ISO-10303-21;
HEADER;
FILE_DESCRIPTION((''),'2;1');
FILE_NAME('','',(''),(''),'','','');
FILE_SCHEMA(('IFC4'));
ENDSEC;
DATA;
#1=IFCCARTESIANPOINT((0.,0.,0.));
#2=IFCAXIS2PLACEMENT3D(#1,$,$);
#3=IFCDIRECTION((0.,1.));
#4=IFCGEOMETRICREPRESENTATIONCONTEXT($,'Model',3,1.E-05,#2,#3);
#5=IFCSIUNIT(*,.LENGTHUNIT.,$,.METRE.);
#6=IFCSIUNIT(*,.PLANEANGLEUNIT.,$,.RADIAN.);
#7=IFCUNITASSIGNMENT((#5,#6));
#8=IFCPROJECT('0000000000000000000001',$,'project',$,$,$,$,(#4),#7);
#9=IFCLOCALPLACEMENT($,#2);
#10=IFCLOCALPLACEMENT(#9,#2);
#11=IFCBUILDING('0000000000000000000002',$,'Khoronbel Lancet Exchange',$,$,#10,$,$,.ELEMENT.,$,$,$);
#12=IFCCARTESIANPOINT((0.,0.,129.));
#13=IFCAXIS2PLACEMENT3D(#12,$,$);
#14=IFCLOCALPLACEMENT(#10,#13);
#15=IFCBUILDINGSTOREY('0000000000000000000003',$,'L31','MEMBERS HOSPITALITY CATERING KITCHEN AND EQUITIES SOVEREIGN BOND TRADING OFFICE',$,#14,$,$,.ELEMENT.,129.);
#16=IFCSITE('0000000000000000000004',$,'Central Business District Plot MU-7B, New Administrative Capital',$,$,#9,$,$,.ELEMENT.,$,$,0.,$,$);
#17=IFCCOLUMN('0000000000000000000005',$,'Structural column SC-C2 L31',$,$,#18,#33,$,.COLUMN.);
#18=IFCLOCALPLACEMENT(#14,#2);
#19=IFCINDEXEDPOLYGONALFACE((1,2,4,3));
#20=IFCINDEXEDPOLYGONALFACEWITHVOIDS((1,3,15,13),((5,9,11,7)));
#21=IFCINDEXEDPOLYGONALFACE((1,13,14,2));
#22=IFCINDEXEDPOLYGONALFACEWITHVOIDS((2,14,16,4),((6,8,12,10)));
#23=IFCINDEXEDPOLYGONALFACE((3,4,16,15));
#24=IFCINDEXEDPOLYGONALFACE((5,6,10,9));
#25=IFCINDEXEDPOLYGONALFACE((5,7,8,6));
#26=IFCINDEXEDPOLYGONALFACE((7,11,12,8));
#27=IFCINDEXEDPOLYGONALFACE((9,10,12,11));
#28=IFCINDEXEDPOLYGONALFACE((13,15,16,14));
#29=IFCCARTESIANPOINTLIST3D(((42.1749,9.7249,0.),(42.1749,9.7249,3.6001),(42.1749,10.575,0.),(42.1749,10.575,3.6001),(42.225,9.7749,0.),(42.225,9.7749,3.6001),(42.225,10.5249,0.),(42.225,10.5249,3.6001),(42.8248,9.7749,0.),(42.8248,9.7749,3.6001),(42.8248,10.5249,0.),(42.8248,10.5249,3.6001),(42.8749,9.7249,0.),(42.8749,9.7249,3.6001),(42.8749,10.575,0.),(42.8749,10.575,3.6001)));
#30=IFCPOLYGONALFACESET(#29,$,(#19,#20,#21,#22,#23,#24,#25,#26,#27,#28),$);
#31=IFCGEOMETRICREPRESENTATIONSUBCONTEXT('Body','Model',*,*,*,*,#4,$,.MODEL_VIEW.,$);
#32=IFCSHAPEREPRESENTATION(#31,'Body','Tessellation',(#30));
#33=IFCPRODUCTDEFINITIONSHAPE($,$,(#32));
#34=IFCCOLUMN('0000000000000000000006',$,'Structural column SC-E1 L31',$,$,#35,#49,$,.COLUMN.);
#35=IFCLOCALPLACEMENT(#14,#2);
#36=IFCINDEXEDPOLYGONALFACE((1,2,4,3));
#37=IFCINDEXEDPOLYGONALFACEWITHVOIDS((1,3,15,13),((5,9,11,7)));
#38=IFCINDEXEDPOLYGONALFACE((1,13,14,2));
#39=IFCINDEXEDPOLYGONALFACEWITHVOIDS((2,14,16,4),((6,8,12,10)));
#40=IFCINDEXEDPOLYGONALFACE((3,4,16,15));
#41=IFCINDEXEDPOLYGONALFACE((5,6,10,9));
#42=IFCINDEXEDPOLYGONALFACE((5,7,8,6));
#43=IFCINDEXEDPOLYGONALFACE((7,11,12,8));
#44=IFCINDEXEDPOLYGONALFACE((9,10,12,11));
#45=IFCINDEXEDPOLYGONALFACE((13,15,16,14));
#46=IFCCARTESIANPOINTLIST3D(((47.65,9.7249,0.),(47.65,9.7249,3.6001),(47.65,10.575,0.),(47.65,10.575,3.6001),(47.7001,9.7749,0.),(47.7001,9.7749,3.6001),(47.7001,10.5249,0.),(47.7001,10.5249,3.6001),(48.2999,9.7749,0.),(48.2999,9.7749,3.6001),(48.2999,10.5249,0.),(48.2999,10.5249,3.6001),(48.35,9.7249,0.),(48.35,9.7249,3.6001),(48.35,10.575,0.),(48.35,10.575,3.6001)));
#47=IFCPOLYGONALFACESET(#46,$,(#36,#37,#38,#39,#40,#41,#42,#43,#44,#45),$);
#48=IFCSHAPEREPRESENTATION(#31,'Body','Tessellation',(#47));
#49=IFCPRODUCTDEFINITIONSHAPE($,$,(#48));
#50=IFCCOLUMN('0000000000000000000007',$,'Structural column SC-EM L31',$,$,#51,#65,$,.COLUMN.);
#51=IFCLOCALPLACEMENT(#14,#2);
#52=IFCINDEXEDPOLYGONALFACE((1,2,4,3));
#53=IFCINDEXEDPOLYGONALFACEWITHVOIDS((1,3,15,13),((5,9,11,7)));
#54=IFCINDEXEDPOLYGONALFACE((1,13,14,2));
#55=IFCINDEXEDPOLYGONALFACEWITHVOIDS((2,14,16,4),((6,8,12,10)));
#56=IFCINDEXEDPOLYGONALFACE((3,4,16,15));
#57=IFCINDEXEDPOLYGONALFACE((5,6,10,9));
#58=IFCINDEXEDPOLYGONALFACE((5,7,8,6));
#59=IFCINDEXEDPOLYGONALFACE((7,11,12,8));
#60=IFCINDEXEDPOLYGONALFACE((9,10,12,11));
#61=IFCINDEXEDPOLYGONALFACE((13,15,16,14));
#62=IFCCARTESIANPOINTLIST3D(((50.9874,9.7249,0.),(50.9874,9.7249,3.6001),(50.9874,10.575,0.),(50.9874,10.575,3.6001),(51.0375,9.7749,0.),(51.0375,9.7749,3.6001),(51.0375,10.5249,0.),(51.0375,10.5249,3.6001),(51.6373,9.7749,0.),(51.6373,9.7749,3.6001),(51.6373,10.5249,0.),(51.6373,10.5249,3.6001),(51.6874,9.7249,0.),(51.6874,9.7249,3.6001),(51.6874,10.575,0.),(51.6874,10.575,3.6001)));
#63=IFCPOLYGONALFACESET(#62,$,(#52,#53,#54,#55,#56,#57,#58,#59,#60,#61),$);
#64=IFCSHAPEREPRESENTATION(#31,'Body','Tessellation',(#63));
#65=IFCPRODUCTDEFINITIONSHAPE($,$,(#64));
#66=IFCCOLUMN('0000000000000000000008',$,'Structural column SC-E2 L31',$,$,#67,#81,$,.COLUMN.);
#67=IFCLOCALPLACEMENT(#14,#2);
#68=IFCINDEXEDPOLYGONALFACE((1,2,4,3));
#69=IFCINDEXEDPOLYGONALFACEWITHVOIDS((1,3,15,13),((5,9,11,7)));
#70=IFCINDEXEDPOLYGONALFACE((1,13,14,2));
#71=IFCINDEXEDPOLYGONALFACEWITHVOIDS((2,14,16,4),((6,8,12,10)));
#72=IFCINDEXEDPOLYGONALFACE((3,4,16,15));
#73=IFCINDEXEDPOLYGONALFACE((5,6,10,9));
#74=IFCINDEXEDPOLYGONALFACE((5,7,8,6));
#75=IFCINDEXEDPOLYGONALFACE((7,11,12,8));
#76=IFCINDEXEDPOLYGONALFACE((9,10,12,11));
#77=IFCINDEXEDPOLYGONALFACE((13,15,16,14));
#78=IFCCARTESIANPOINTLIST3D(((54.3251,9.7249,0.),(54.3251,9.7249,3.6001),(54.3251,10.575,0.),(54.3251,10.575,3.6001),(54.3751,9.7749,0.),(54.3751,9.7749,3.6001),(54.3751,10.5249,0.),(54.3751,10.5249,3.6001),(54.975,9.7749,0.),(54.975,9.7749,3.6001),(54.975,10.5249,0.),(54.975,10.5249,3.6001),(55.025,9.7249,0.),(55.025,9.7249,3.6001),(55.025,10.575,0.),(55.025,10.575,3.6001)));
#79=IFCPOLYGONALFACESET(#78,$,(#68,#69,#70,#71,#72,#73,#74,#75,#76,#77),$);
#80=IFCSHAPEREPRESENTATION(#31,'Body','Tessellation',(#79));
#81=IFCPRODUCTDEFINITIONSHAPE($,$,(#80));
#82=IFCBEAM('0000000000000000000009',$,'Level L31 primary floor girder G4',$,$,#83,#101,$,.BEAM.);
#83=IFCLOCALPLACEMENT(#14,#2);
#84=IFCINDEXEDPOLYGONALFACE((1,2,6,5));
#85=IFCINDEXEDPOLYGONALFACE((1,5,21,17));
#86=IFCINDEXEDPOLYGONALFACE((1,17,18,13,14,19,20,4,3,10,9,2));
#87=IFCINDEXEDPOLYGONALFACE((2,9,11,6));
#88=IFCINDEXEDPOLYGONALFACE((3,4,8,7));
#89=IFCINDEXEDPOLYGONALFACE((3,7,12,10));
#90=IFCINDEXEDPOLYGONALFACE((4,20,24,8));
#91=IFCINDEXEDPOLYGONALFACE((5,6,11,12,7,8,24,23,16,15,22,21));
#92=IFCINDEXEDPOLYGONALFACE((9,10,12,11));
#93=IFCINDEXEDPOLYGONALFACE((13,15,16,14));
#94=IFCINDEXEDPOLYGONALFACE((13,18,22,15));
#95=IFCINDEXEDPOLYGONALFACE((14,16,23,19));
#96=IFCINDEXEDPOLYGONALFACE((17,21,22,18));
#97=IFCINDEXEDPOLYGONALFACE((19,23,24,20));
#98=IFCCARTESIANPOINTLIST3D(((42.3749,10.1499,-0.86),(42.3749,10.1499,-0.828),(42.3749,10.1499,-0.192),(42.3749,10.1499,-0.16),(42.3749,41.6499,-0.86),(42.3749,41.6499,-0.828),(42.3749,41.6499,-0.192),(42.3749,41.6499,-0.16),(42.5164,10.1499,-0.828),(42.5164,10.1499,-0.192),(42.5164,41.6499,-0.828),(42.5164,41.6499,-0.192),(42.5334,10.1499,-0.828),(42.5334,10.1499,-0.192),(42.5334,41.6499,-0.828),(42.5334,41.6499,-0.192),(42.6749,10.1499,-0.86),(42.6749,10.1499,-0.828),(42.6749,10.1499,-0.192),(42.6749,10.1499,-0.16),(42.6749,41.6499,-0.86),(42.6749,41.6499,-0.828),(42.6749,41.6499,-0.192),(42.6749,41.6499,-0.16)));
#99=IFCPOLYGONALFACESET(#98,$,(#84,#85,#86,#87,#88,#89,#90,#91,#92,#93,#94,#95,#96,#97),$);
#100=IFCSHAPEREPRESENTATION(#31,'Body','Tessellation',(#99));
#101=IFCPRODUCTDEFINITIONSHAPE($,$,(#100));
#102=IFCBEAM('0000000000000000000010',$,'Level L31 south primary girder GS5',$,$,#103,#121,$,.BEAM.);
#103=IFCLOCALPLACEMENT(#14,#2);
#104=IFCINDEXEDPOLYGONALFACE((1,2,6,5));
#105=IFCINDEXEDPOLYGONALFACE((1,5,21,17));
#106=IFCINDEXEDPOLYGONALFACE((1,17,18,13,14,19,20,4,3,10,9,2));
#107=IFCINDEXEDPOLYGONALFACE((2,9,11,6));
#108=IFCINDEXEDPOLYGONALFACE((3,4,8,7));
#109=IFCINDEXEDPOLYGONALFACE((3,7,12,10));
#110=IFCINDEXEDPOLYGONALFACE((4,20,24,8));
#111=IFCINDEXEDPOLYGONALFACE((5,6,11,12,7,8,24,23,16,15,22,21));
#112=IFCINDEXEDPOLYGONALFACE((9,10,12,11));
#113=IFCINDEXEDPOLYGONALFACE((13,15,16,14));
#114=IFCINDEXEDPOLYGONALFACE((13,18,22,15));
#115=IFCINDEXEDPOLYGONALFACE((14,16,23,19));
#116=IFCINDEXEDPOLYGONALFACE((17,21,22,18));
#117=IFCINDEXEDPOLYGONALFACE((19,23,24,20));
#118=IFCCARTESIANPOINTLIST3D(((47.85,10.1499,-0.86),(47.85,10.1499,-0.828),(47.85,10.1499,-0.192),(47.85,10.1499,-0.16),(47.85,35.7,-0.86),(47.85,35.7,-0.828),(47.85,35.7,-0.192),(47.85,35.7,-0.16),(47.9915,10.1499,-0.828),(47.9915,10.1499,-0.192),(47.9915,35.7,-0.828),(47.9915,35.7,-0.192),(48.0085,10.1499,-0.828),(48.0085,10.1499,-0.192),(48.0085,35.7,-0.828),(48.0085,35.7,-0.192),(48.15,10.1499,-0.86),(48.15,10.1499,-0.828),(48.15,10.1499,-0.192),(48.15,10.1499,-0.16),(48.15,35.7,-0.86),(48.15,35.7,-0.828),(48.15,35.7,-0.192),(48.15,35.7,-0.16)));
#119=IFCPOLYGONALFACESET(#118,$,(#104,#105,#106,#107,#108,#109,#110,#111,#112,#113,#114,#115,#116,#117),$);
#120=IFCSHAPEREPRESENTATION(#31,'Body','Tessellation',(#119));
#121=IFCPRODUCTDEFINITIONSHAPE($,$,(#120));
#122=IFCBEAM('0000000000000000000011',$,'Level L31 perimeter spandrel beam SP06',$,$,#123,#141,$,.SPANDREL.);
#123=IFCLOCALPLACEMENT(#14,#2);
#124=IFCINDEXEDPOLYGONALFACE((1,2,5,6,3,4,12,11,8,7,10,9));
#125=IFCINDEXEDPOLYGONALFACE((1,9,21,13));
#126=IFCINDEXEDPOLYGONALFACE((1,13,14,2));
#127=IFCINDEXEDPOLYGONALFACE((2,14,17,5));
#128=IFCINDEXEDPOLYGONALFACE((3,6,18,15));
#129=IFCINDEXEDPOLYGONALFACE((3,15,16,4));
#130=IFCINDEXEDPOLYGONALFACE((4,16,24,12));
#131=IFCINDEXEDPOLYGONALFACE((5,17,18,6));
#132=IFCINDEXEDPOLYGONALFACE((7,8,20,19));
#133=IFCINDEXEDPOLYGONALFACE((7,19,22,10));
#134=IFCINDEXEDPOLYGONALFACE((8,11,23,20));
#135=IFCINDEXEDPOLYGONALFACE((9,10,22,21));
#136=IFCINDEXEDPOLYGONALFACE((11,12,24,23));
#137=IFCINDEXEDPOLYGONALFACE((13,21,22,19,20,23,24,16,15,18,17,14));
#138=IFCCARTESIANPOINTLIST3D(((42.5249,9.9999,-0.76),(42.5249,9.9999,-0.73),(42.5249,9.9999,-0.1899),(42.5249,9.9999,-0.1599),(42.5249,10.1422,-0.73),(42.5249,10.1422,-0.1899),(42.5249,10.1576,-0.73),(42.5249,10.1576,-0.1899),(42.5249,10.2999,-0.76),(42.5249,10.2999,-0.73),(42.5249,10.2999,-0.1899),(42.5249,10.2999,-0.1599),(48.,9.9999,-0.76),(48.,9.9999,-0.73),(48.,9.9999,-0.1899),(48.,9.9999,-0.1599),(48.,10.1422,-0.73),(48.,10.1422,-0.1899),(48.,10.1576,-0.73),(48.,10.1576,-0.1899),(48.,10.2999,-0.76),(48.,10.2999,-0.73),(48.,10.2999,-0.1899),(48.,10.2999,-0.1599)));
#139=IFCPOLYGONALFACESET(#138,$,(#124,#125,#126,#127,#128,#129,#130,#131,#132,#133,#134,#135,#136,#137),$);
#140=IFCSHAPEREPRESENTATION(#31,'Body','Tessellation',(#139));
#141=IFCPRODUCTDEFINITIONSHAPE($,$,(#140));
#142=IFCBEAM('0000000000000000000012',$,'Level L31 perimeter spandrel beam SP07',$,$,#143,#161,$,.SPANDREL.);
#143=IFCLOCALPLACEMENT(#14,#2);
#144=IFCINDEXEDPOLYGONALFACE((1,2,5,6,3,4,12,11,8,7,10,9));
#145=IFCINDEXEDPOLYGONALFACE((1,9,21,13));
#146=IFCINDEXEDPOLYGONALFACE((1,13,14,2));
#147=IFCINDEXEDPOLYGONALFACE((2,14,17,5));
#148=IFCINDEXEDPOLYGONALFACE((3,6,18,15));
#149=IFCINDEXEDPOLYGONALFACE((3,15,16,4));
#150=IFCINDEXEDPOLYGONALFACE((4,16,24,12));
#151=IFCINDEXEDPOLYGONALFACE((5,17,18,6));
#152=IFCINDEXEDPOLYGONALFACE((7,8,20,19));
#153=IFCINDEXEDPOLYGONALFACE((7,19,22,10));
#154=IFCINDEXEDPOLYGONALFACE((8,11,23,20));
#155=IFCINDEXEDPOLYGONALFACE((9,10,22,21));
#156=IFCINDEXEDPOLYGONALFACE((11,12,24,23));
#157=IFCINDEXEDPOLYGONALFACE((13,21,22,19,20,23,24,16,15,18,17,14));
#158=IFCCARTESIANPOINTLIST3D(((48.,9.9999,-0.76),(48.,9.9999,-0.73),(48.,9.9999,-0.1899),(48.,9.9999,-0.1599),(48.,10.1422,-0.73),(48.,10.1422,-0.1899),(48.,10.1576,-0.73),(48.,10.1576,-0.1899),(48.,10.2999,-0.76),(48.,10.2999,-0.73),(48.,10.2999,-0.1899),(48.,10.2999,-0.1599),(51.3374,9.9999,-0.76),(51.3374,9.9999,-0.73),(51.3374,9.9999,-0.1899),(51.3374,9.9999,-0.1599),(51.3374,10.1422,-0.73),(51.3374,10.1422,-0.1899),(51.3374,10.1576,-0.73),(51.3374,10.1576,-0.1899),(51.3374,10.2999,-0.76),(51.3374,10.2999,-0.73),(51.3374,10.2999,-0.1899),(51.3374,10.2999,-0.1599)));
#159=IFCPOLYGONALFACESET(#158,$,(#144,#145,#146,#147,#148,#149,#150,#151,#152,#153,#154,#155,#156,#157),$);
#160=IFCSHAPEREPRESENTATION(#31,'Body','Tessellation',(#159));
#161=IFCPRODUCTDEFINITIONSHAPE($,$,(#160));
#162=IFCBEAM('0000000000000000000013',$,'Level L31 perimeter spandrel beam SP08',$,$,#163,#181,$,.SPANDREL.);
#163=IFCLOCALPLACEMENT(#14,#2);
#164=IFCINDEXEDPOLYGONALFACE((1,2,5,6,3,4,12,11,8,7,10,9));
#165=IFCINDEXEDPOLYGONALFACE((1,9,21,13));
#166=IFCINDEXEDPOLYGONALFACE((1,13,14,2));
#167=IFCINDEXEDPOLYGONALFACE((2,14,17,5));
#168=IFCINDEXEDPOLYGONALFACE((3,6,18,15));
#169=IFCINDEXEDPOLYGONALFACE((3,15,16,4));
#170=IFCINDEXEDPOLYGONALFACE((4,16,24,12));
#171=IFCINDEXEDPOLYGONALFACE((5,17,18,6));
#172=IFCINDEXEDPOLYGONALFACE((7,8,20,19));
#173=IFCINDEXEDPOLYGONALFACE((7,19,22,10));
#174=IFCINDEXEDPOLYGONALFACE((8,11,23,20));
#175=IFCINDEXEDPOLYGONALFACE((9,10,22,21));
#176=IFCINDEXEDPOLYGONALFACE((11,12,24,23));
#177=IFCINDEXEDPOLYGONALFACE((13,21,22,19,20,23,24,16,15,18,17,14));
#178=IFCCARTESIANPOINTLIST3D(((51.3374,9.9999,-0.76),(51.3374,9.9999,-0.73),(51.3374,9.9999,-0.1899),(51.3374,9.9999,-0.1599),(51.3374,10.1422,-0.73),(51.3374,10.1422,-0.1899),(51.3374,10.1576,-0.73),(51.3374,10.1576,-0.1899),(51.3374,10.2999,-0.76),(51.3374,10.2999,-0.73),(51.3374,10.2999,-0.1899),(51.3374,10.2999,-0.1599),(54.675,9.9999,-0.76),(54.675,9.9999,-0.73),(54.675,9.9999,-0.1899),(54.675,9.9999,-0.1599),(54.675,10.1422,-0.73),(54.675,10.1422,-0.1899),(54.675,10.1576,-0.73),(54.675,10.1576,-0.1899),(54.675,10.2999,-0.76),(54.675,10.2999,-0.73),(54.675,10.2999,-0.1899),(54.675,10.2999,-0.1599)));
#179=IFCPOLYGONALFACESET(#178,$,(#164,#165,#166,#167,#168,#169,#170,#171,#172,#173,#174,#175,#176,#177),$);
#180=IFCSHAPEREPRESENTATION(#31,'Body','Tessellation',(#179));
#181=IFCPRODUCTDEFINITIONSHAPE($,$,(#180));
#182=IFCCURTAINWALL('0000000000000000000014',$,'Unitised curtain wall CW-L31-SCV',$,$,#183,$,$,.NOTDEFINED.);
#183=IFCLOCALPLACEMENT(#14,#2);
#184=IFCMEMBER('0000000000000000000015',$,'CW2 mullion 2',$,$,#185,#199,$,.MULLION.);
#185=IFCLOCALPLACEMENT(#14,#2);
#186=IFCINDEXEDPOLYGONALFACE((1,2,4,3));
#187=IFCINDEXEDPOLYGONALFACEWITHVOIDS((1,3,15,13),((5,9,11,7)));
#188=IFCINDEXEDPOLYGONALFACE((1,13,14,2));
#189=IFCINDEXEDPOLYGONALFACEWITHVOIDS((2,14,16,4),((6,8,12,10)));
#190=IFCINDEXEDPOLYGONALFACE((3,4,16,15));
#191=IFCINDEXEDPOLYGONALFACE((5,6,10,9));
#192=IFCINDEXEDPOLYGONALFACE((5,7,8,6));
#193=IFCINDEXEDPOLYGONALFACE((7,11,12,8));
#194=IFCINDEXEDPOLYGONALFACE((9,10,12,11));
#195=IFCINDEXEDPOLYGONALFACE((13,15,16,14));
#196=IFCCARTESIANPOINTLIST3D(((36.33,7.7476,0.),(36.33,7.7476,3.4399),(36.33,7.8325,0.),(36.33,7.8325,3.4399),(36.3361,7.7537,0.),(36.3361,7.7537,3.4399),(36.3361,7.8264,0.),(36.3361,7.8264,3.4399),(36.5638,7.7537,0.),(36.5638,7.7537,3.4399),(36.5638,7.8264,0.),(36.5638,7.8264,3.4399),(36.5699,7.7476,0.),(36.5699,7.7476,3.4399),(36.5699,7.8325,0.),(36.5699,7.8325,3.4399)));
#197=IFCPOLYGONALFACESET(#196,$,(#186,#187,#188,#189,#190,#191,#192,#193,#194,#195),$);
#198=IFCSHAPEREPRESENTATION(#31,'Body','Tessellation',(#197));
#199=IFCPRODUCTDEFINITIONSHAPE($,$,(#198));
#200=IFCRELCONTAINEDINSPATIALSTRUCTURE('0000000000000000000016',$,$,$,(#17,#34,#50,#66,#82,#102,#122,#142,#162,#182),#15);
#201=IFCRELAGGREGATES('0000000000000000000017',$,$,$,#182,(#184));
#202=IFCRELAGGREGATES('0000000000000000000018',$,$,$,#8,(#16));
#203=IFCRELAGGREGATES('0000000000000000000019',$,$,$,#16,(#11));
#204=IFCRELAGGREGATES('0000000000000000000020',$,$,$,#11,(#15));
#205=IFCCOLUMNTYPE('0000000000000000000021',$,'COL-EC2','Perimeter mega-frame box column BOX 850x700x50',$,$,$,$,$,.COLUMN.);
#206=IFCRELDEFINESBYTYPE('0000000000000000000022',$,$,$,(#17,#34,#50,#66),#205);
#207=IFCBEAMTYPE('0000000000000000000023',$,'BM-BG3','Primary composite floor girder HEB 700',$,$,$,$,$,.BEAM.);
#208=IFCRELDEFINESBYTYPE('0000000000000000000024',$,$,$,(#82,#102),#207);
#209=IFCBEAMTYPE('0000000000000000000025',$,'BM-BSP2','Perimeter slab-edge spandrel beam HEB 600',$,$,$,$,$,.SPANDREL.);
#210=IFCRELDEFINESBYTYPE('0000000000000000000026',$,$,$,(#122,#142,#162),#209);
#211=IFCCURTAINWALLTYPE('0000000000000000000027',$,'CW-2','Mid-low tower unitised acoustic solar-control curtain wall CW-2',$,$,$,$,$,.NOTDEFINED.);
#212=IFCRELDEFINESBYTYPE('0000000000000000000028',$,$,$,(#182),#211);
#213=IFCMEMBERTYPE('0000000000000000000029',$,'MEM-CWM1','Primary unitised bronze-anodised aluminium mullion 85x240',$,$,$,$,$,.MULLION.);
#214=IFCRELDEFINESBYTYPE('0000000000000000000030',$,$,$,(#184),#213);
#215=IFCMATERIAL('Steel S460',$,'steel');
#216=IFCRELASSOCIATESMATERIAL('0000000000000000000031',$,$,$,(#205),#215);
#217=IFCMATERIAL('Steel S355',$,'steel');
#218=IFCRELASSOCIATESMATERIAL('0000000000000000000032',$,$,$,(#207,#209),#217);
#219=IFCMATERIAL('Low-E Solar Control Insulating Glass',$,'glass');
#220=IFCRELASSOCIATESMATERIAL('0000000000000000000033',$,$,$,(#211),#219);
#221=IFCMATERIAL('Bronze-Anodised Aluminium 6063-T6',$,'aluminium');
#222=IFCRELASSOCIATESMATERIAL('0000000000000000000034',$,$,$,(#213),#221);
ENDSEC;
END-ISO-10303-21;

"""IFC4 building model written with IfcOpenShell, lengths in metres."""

from ifc_helpers import new_model, si_unit, direction, frame, origin, origin_2d, place, context, subcontext, project, spatial, hollow_rectangle, i_section, extrude, material, material_profile, profile_set, type_object, element, aggregate, save


model = new_model("IFC4")

# Units and contexts
model_context = context("Model", 3, precision=1e-05, world=origin(), true_north=direction((0.0, 1.0)))
body_context = subcontext(model_context, "Body", "Model", "MODEL_VIEW")
ifc_project = project(units=[si_unit("LENGTHUNIT", "METRE"), si_unit("PLANEANGLEUNIT", "RADIAN")], contexts=[model_context])

# Site, building, storey
site_placement = place(None, origin())
site = spatial("IfcSite", under=ifc_project, at=site_placement, Name="Central Business District Plot MU-7B, New Administrative Capital", CompositionType="ELEMENT", RefElevation=0.0)
building_placement = place(site_placement, origin())
building = spatial("IfcBuilding", under=site, at=building_placement, Name="Khoronbel Lancet Exchange", CompositionType="ELEMENT")
storey_placement = place(building_placement, frame((0.0, 0.0, 129.0)))
storey = spatial("IfcBuildingStorey", under=building, at=storey_placement, Name="L31", Description="MEMBERS HOSPITALITY CATERING KITCHEN AND EQUITIES SOVEREIGN BOND TRADING OFFICE", CompositionType="ELEMENT", Elevation=129.0)

# Columns
ifc_material_1 = material(Name="Steel S460", Category="steel")
ifc_material_profile_1 = material_profile(ifc_material_1, hollow_rectangle(XDim=0.7, YDim=0.8501, WallThickness=0.05, at=origin_2d()), Name="BOX 850x700x50")
ifc_profile_set_1 = profile_set([ifc_material_profile_1], Name="Steel S460")
column_type = type_object("IfcColumnType", Name="COL-EC2", Description="Perimeter mega-frame box column BOX 850x700x50", PredefinedType="COLUMN", material=ifc_profile_set_1)
for number, where, z_axis, x_axis, name in (
    (1, (42.5249, 10.1499, 0.0), (0.0, 0.0, 1.0), (1.0, 0.0, 0.0), "Structural column SC-C2 L31"),
    (2, (48.0, 10.1499, 0.0), (0.0, 0.0, 1.0), (1.0, 0.0, 0.0), "Structural column SC-E1 L31"),
    (3, (51.3374, 10.1499, 0.0), (0.0, 0.0, 1.0), (1.0, 0.0, 0.0), "Structural column SC-EM L31"),
    (4, (54.675, 10.1499, 0.0), (0.0, 0.0, 1.0), (1.0, 0.0, 0.0), "Structural column SC-E2 L31"),
):
    element("IfcColumn", number, at=place(storey_placement, frame(where, z_axis=z_axis, x_axis=x_axis)), inside=storey, type_object=column_type, Name=name, PredefinedType="COLUMN", context=body_context, shape_type="SweptSolid", body=[
        extrude(hollow_rectangle(XDim=0.7, YDim=0.8501, WallThickness=0.05, at=origin_2d()), origin(), (0.0, 0.0, 1.0), 3.6001),
    ])

# Beams
ifc_material_2 = material(Name="Steel S355", Category="steel")
ifc_material_profile_2 = material_profile(ifc_material_2, i_section(OverallWidth=0.3, OverallDepth=0.7, WebThickness=0.0171, FlangeThickness=0.032, at=origin_2d()), Name="HEB 700")
ifc_profile_set_2 = profile_set([ifc_material_profile_2], Name="Steel S355")
beam_type_1 = type_object("IfcBeamType", Name="BM-BG3", Description="Primary composite floor girder HEB 700", PredefinedType="BEAM", material=ifc_profile_set_2)
beam_1_placement = place(storey_placement, frame((42.5249, 10.1499, -0.51), z_axis=(0.0, 1.0, 0.0), x_axis=(-1.0, 0.0, 0.0)))
element("IfcBeam", 5, at=beam_1_placement, inside=storey, type_object=beam_type_1, Name="Level L31 primary floor girder G4", PredefinedType="BEAM", context=body_context, shape_type="SweptSolid", body=[
    extrude(i_section(OverallWidth=0.3, OverallDepth=0.7, WebThickness=0.0171, FlangeThickness=0.032, at=origin_2d()), origin(), (0.0, 0.0, 1.0), 31.5),
])
beam_2_placement = place(storey_placement, frame((48.0, 10.1499, -0.51), z_axis=(0.0, 1.0, 0.0), x_axis=(-1.0, 0.0, 0.0)))
element("IfcBeam", 6, at=beam_2_placement, inside=storey, type_object=beam_type_1, Name="Level L31 south primary girder GS5", PredefinedType="BEAM", context=body_context, shape_type="SweptSolid", body=[
    extrude(i_section(OverallWidth=0.3, OverallDepth=0.7, WebThickness=0.0171, FlangeThickness=0.032, at=origin_2d()), origin(), (0.0, 0.0, 1.0), 25.55),
])
ifc_material_profile_3 = material_profile(ifc_material_2, i_section(OverallWidth=0.3, OverallDepth=0.6001, WebThickness=0.0154, FlangeThickness=0.03, at=origin_2d()), Name="HEB 600")
ifc_profile_set_3 = profile_set([ifc_material_profile_3], Name="Steel S355")
beam_type_2 = type_object("IfcBeamType", Name="BM-BSP2", Description="Perimeter slab-edge spandrel beam HEB 600", PredefinedType="SPANDREL", material=ifc_profile_set_3)
beam_3_placement = place(storey_placement, frame((42.5249, 10.1499, -0.46), z_axis=(1.0, 0.0, 0.0), x_axis=(0.0, 1.0, 0.0)))
element("IfcBeam", 7, at=beam_3_placement, inside=storey, type_object=beam_type_2, Name="Level L31 perimeter spandrel beam SP06", PredefinedType="SPANDREL", context=body_context, shape_type="SweptSolid", body=[
    extrude(i_section(OverallWidth=0.3, OverallDepth=0.6001, WebThickness=0.0154, FlangeThickness=0.03, at=origin_2d()), origin(), (0.0, 0.0, 1.0), 5.4751),
])
beam_4_placement = place(storey_placement, frame((48.0, 10.1499, -0.46), z_axis=(1.0, 0.0, 0.0), x_axis=(0.0, 1.0, 0.0)))
element("IfcBeam", 8, at=beam_4_placement, inside=storey, type_object=beam_type_2, Name="Level L31 perimeter spandrel beam SP07", PredefinedType="SPANDREL", context=body_context, shape_type="SweptSolid", body=[
    extrude(i_section(OverallWidth=0.3, OverallDepth=0.6001, WebThickness=0.0154, FlangeThickness=0.03, at=origin_2d()), origin(), (0.0, 0.0, 1.0), 3.3374),
])
beam_5_placement = place(storey_placement, frame((51.3374, 10.1499, -0.46), z_axis=(1.0, 0.0, 0.0), x_axis=(0.0, 1.0, 0.0)))
element("IfcBeam", 9, at=beam_5_placement, inside=storey, type_object=beam_type_2, Name="Level L31 perimeter spandrel beam SP08", PredefinedType="SPANDREL", context=body_context, shape_type="SweptSolid", body=[
    extrude(i_section(OverallWidth=0.3, OverallDepth=0.6001, WebThickness=0.0154, FlangeThickness=0.03, at=origin_2d()), origin(), (0.0, 0.0, 1.0), 3.3376),
])

# Curtain wall, member
ifc_material_3 = material(Name="Low-E Solar Control Insulating Glass", Category="glass")
curtain_wall_type = type_object("IfcCurtainWallType", Name="CW-2", Description="Mid-low tower unitised acoustic solar-control curtain wall CW-2", PredefinedType="NOTDEFINED", material=ifc_material_3)
curtain_wall_1_placement = place(storey_placement, origin())
curtain_wall_1 = element("IfcCurtainWall", 10, at=curtain_wall_1_placement, inside=storey, type_object=curtain_wall_type, Name="Unitised curtain wall CW-L31-SCV", PredefinedType="NOTDEFINED")
ifc_material_4 = material(Name="Bronze-Anodised Aluminium 6063-T6", Category="aluminium")
ifc_material_profile_4 = material_profile(ifc_material_4, hollow_rectangle(XDim=0.085, YDim=0.24, WallThickness=0.0061, at=origin_2d()), Name="ALU MULLION 85x240")
ifc_profile_set_4 = profile_set([ifc_material_profile_4], Name="Bronze-Anodised Aluminium 6063-T6")
member_type_1 = type_object("IfcMemberType", Name="MEM-CWM1", Description="Primary unitised bronze-anodised aluminium mullion 85x240", PredefinedType="MULLION", material=ifc_profile_set_4)
member_1_placement = place(storey_placement, frame((36.45, 7.79, 0.0), z_axis=(0.0, 0.0, 1.0), x_axis=(0.0, 1.0, 0.0)))
member_1 = element("IfcMember", 11, at=member_1_placement, type_object=member_type_1, Name="CW2 mullion 2", PredefinedType="MULLION", context=body_context, shape_type="SweptSolid", body=[
    extrude(hollow_rectangle(XDim=0.085, YDim=0.24, WallThickness=0.0061, at=origin_2d()), origin(), (0.0, 0.0, 1.0), 3.4399),
])

aggregate(curtain_wall_1, [member_1])

save(model, "model.ifc")
